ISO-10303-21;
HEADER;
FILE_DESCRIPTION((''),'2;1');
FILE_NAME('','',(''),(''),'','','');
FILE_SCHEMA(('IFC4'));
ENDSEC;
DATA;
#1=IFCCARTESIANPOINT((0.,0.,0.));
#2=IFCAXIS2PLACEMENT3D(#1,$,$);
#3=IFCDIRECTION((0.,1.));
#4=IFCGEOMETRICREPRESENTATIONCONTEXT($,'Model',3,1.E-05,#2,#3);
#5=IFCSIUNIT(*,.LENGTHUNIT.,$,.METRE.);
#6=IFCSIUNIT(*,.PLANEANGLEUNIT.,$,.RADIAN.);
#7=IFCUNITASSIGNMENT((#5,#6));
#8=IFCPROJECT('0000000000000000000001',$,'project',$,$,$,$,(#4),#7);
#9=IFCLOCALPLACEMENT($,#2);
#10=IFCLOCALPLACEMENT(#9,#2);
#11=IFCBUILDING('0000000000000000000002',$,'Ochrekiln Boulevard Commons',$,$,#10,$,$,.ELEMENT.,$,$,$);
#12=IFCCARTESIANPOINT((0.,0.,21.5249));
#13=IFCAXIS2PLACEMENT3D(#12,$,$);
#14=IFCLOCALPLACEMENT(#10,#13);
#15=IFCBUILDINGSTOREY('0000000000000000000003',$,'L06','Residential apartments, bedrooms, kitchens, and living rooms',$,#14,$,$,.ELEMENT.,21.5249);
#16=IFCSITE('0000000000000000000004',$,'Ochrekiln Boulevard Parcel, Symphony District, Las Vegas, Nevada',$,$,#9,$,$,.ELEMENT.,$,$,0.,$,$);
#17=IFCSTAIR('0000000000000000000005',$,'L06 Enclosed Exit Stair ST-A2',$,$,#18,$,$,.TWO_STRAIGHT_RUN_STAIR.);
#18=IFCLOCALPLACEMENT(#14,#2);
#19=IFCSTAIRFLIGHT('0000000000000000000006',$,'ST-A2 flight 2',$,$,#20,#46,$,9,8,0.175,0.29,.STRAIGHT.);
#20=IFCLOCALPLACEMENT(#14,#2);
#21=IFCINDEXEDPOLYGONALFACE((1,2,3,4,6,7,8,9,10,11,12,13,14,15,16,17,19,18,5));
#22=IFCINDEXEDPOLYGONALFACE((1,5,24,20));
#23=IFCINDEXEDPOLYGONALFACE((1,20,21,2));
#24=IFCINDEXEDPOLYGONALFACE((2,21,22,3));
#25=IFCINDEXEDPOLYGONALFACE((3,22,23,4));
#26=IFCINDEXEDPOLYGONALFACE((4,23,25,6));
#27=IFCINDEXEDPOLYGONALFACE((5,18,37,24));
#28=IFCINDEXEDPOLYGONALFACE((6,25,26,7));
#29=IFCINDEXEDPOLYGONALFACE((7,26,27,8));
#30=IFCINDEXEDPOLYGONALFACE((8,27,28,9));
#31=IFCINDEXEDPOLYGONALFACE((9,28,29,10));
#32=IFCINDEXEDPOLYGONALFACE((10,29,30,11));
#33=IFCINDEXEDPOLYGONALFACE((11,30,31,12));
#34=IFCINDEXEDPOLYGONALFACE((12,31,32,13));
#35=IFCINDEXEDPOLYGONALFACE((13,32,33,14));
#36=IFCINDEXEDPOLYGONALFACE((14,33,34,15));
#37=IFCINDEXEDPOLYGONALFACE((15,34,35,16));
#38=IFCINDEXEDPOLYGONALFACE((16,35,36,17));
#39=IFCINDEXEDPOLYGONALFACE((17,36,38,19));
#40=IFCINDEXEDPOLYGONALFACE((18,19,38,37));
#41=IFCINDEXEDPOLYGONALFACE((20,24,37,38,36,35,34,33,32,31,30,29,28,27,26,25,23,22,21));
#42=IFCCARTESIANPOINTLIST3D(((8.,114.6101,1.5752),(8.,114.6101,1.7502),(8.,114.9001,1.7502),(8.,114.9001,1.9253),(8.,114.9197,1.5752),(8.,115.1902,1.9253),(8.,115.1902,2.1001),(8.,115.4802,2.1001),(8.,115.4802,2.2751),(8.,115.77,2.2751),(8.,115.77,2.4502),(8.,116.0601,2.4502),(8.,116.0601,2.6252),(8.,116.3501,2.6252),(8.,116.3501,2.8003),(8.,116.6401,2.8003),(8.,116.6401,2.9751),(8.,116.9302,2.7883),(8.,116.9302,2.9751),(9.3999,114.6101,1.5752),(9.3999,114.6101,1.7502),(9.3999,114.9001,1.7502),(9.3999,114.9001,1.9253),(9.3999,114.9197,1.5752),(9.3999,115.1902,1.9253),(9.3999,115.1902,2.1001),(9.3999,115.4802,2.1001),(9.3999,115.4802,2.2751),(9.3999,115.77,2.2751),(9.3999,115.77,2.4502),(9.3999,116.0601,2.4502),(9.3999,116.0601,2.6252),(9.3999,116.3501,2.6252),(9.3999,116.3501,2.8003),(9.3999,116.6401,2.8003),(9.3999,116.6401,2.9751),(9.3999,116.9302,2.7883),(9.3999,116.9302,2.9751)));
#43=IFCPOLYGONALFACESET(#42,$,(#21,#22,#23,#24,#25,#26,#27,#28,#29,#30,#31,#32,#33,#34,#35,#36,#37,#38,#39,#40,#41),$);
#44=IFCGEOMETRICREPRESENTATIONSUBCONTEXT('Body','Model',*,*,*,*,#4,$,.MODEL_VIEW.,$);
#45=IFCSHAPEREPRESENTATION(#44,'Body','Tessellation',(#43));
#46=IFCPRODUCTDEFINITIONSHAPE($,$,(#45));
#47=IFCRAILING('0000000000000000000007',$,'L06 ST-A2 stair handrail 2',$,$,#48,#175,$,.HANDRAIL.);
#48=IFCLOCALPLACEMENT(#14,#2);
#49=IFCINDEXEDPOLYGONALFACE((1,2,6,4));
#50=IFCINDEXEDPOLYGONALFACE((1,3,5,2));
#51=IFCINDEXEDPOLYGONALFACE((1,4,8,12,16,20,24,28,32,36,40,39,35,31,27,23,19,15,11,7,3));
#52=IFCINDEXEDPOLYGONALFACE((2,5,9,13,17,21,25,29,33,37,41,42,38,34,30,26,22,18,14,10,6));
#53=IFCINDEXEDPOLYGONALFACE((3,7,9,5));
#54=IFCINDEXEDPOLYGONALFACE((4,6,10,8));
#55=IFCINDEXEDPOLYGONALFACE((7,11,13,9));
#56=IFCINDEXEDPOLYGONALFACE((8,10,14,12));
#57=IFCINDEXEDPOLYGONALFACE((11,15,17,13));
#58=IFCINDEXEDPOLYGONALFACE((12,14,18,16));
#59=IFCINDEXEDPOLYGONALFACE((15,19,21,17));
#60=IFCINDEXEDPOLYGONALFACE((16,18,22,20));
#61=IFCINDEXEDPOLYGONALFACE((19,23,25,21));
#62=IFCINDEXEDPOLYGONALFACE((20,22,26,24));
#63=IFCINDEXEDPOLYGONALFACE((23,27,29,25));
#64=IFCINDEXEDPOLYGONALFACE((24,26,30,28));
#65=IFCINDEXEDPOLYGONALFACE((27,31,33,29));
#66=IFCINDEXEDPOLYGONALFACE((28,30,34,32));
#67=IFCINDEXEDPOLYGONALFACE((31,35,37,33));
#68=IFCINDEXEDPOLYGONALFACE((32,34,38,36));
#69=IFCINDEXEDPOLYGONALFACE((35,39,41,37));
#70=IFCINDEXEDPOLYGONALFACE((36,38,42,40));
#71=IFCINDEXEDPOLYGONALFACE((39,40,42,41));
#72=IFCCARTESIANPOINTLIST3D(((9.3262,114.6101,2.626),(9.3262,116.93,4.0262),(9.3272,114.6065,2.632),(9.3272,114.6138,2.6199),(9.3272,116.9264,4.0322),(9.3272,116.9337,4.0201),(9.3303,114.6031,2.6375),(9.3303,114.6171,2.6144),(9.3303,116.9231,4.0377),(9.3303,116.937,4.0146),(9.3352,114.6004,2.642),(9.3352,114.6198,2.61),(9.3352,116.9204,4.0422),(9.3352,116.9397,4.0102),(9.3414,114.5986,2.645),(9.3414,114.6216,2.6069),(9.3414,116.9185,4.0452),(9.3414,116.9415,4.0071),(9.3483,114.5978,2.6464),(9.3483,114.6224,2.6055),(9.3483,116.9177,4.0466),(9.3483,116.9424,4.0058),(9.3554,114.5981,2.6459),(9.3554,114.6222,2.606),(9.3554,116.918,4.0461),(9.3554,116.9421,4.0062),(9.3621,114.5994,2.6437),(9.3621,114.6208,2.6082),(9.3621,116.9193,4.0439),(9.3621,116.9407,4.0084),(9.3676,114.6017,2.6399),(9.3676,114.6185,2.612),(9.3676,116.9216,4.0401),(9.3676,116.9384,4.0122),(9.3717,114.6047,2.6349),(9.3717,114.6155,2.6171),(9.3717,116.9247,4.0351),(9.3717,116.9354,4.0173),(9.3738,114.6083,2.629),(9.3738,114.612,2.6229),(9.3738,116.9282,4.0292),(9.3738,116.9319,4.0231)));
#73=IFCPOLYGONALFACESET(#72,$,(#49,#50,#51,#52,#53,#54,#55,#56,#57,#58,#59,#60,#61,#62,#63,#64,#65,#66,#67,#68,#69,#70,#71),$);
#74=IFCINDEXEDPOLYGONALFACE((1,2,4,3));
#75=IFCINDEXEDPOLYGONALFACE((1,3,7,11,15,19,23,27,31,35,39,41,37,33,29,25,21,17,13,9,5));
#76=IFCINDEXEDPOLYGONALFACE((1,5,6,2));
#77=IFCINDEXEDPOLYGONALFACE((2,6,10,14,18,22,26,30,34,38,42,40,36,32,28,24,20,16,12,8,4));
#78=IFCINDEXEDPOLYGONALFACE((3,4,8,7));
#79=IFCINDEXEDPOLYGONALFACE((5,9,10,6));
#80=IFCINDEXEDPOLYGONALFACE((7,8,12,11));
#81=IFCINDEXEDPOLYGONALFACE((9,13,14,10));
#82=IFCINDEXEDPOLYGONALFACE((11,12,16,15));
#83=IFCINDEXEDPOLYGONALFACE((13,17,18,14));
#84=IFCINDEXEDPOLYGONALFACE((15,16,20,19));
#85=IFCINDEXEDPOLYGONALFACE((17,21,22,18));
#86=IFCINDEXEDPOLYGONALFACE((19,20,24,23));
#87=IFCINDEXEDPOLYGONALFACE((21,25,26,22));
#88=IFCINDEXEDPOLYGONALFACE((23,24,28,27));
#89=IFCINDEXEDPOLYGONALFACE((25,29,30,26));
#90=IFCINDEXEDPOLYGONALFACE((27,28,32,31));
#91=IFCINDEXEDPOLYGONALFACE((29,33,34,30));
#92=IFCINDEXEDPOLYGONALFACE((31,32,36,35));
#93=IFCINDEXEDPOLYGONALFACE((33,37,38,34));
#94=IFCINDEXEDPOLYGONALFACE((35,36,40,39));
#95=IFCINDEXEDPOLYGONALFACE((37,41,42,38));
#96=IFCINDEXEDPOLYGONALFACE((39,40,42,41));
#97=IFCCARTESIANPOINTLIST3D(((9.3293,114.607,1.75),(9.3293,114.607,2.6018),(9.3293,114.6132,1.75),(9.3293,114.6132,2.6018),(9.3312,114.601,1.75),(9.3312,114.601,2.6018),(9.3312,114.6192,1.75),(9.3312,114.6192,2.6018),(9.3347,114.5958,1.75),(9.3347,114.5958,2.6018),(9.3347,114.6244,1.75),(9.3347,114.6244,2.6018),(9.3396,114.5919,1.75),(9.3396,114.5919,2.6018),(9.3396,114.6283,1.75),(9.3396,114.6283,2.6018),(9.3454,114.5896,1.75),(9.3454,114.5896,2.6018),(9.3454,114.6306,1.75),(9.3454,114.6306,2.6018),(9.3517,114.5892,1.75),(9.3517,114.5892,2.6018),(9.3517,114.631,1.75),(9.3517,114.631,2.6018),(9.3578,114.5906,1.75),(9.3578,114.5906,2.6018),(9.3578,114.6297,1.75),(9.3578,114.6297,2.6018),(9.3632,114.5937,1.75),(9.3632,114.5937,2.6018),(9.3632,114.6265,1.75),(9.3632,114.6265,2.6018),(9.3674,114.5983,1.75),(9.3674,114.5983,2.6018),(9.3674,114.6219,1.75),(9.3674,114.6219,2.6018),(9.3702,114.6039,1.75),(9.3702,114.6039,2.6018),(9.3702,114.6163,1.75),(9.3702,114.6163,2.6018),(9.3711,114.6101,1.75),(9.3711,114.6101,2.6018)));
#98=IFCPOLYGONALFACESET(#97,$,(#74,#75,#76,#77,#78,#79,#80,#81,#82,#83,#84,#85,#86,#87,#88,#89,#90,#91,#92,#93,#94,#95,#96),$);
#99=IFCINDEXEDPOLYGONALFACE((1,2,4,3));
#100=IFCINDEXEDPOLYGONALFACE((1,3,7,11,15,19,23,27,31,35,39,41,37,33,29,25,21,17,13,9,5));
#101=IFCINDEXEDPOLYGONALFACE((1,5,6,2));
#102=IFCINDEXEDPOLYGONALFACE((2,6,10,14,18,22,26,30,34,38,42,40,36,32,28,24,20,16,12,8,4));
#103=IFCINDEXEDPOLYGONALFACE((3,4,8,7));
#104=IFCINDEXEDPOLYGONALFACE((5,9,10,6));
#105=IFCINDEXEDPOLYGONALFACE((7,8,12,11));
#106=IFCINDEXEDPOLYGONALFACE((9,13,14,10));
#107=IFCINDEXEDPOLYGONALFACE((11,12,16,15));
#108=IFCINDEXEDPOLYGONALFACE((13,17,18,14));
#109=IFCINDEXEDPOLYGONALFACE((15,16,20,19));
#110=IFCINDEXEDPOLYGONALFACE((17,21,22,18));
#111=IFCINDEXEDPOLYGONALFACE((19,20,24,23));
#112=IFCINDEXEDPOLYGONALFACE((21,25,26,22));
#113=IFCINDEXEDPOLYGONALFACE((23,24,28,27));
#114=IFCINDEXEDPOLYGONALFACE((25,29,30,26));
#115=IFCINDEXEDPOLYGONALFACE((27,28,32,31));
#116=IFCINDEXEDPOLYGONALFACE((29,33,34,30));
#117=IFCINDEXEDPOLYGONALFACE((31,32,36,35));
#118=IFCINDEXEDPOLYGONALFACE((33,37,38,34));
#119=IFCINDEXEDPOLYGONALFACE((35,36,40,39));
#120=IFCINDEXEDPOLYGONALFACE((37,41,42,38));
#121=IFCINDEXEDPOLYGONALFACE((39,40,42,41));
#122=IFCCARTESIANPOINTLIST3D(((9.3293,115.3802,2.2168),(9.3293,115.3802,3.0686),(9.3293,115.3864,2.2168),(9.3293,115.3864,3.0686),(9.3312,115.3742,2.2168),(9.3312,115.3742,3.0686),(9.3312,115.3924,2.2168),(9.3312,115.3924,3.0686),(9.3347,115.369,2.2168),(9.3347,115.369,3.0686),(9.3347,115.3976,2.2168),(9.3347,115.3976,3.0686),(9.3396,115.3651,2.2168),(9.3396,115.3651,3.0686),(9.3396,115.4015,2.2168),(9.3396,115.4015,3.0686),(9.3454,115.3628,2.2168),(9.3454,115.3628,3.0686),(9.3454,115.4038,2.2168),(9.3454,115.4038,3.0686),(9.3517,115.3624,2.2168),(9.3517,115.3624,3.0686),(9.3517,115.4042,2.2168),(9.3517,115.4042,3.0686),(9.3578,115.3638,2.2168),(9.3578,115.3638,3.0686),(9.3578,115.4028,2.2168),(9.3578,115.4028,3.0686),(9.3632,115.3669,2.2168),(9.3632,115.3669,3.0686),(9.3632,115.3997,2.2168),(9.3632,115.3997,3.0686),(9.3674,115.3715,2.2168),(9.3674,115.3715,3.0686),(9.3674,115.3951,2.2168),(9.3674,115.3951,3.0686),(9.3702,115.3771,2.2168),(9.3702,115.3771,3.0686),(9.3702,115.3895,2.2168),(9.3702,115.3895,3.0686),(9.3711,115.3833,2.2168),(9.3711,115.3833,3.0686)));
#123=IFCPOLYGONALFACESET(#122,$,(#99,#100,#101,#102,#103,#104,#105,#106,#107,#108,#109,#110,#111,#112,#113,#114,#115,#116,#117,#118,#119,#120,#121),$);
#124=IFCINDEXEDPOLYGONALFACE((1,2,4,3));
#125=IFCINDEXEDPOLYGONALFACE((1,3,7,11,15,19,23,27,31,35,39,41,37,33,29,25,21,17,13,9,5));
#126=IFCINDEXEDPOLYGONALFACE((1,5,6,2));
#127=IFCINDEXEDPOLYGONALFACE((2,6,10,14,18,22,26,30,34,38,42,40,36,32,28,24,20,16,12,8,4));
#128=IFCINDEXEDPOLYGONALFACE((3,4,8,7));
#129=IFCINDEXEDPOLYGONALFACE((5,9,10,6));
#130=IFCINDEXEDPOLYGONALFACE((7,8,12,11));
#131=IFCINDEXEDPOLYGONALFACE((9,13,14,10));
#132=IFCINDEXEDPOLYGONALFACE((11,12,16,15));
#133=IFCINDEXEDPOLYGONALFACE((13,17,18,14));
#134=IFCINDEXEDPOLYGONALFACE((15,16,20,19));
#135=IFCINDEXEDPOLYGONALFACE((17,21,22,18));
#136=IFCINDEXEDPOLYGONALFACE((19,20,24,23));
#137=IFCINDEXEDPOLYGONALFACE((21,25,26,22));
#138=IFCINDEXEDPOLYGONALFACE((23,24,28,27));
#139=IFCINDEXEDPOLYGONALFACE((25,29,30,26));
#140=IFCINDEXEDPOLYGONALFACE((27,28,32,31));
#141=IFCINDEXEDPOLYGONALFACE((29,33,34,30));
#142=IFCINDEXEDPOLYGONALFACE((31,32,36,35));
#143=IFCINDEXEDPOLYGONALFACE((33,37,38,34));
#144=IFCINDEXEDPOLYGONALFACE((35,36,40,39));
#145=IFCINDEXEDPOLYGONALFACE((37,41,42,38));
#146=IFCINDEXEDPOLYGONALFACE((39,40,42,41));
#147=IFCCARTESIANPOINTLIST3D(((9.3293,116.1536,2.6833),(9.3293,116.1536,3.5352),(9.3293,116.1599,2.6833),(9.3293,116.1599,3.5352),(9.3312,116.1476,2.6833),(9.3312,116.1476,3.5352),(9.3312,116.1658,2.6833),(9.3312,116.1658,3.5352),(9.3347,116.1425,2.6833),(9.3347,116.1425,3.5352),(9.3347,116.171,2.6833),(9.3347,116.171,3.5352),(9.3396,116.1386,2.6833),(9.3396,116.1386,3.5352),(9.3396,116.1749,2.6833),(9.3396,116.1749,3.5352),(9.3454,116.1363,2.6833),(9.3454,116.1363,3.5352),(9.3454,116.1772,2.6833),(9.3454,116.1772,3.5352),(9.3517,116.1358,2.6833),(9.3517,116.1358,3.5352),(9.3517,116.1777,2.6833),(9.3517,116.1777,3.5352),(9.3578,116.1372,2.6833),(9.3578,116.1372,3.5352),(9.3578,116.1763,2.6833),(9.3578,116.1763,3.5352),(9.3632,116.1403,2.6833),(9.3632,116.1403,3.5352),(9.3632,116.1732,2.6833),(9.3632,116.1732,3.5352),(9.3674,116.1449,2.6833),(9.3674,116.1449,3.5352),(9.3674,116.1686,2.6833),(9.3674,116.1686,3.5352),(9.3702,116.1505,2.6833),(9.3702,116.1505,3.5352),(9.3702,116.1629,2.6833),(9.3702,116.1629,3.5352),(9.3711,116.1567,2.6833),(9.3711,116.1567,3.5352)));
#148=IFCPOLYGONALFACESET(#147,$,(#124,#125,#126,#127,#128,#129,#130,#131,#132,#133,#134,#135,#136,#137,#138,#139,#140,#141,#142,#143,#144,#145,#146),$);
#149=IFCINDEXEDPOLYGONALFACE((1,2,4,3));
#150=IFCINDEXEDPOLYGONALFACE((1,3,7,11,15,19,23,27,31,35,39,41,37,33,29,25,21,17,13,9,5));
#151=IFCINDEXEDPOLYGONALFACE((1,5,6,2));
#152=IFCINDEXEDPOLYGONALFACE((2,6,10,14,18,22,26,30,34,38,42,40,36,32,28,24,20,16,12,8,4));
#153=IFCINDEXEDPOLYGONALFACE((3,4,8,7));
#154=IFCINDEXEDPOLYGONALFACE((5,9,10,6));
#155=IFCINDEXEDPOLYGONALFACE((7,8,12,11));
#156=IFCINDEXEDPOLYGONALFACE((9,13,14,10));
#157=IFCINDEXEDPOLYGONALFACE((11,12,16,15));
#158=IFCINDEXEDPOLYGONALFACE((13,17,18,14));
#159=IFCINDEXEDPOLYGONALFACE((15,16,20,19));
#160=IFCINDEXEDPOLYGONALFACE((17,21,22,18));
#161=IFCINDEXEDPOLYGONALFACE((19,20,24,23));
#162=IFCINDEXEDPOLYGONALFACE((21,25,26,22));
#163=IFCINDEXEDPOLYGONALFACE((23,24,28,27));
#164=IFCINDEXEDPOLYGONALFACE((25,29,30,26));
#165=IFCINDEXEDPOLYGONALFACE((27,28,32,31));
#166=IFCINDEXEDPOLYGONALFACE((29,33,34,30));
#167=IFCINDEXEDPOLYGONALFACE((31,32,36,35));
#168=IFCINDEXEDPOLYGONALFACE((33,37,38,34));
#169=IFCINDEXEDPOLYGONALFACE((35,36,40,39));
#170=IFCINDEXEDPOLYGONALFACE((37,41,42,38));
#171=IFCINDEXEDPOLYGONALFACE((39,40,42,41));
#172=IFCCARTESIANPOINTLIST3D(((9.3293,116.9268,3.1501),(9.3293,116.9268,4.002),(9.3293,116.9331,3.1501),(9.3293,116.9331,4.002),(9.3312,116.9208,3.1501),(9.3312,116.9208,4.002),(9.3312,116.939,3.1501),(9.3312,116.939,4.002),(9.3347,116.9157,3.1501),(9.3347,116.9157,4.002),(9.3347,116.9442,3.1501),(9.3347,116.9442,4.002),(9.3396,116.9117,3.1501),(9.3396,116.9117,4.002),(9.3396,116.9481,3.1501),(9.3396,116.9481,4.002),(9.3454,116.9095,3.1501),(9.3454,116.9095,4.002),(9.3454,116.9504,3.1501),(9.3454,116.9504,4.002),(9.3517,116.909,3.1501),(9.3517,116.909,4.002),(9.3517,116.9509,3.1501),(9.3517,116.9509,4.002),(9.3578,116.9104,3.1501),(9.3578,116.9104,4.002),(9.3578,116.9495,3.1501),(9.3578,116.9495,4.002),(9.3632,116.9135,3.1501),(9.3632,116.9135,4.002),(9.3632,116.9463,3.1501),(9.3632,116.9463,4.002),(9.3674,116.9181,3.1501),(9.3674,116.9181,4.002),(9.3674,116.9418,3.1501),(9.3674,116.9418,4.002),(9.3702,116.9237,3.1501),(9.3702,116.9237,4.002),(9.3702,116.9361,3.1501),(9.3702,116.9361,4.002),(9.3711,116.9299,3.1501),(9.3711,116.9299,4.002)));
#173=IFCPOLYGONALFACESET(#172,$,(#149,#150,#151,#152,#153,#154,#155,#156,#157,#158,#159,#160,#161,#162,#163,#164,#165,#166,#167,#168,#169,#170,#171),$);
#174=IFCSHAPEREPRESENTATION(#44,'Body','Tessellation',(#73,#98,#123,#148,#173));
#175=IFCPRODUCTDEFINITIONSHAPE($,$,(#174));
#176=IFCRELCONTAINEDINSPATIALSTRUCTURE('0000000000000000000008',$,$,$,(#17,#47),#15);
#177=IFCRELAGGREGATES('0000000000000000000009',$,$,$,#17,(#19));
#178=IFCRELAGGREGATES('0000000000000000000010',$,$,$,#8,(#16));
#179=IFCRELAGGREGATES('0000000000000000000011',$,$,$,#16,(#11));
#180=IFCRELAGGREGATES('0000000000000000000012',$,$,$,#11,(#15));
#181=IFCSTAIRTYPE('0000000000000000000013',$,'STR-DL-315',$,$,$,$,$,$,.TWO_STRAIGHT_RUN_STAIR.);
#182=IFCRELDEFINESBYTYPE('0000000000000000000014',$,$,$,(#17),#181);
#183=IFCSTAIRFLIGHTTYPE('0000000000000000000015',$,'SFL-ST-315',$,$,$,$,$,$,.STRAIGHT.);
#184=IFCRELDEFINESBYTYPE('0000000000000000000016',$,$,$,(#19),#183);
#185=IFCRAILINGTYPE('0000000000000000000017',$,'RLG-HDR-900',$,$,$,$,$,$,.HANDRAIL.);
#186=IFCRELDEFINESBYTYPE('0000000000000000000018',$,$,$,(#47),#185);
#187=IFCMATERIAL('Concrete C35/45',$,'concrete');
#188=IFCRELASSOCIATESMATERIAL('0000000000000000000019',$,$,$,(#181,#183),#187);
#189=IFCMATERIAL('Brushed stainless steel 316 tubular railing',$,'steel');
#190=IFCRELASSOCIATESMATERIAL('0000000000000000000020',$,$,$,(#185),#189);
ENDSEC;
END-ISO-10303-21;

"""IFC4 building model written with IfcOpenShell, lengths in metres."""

from ifc_helpers import new_model, si_unit, direction, frame, origin, origin_2d, place, context, subcontext, project, spatial, polyline, circle, outline, extrude, material, type_object, element, aggregate, save


model = new_model("IFC4")

# Units and contexts
model_context = context("Model", 3, precision=1e-05, world=origin(), true_north=direction((0.0, 1.0)))
body_context = subcontext(model_context, "Body", "Model", "MODEL_VIEW")
ifc_project = project(units=[si_unit("LENGTHUNIT", "METRE"), si_unit("PLANEANGLEUNIT", "RADIAN")], contexts=[model_context])

# Site, building, storey
site_placement = place(None, origin())
site = spatial("IfcSite", under=ifc_project, at=site_placement, Name="Ochrekiln Boulevard Parcel, Symphony District, Las Vegas, Nevada", CompositionType="ELEMENT", RefElevation=0.0)
building_placement = place(site_placement, origin())
building = spatial("IfcBuilding", under=site, at=building_placement, Name="Ochrekiln Boulevard Commons", CompositionType="ELEMENT")
storey_placement = place(building_placement, frame((0.0, 0.0, 21.5249)))
storey = spatial("IfcBuildingStorey", under=building, at=storey_placement, Name="L06", Description="Residential apartments, bedrooms, kitchens, and living rooms", CompositionType="ELEMENT", Elevation=21.5249)

# Shared definitions
ifc_material_1 = material(Name="Concrete C35/45", Category="concrete")

# Stair, stair flight
stair_type = type_object("IfcStairType", Name="STR-DL-315", PredefinedType="TWO_STRAIGHT_RUN_STAIR", material=ifc_material_1)
stair_placement = place(storey_placement, origin())
stair = element("IfcStair", 1, at=stair_placement, inside=storey, type_object=stair_type, Name="L06 Enclosed Exit Stair ST-A2", PredefinedType="TWO_STRAIGHT_RUN_STAIR")
stair_flight_type = type_object("IfcStairFlightType", Name="SFL-ST-315", PredefinedType="STRAIGHT", material=ifc_material_1)
stair_flight_placement = place(storey_placement, frame((8.7, 114.6101, 1.5752), z_axis=(0.0, 0.0, 1.0), x_axis=(0.0, 1.0, 0.0)))
stair_flight = element("IfcStairFlight", 2, at=stair_flight_placement, type_object=stair_flight_type, Name="ST-A2 flight 2", NumberOfRisers=9, NumberOfTreads=8, PredefinedType="STRAIGHT", RiserHeight=0.175, TreadLength=0.29, context=body_context, shape_type="SweptSolid", body=[
    extrude(outline(polyline([(0.0, 0.0), (0.0, 0.175), (0.29, 0.175), (0.29, 0.3501), (0.5801, 0.3501), (0.5801, 0.5249), (0.8701, 0.5249), (0.8701, 0.7), (1.1599, 0.7), (1.1599, 0.875), (1.45, 0.875), (1.45, 1.05), (1.74, 1.05), (1.74, 1.2251), (2.03, 1.2251), (2.03, 1.3999), (2.3201, 1.3999), (2.3201, 1.575), (2.3201, 1.2131), (0.3096, 0.0), (0.0, 0.0)])), frame((0.0, 0.7, 0.0), z_axis=(0.0, -1.0, 0.0), x_axis=(1.0, 0.0, 0.0)), (0.0, 0.0, 1.0), 1.3999),
])
aggregate(stair, [stair_flight])

# Railing
ifc_material_2 = material(Name="Brushed stainless steel 316 tubular railing", Category="steel")
railing_type_1 = type_object("IfcRailingType", Name="RLG-HDR-900", PredefinedType="HANDRAIL", material=ifc_material_2)
railing_1_placement = place(storey_placement, frame((9.3501, 114.6101, 1.75)))
element("IfcRailing", 3, at=railing_1_placement, inside=storey, type_object=railing_type_1, Name="L06 ST-A2 stair handrail 2", PredefinedType="HANDRAIL", context=body_context, shape_type="SweptSolid", body=[
    extrude(circle(Radius=0.0239, at=origin_2d()), frame((0.0, 0.0, 0.876), z_axis=(0.0, 0.856146, 0.516733), x_axis=(-1.0, 0.0, 0.0)), (0.0, 0.0, 1.0), 2.7097),
    extrude(circle(Radius=0.021, at=origin_2d()), origin(), (0.0, 0.0, 1.0), 0.8518),
    extrude(circle(Radius=0.021, at=origin_2d()), frame((0.0, 0.7732, 0.4668)), (0.0, 0.0, 1.0), 0.8518),
    extrude(circle(Radius=0.021, at=origin_2d()), frame((0.0, 1.5466, 0.9333)), (0.0, 0.0, 1.0), 0.8518),
    extrude(circle(Radius=0.021, at=origin_2d()), frame((0.0, 2.3198, 1.4001)), (0.0, 0.0, 1.0), 0.8518),
])

save(model, "model.ifc")
